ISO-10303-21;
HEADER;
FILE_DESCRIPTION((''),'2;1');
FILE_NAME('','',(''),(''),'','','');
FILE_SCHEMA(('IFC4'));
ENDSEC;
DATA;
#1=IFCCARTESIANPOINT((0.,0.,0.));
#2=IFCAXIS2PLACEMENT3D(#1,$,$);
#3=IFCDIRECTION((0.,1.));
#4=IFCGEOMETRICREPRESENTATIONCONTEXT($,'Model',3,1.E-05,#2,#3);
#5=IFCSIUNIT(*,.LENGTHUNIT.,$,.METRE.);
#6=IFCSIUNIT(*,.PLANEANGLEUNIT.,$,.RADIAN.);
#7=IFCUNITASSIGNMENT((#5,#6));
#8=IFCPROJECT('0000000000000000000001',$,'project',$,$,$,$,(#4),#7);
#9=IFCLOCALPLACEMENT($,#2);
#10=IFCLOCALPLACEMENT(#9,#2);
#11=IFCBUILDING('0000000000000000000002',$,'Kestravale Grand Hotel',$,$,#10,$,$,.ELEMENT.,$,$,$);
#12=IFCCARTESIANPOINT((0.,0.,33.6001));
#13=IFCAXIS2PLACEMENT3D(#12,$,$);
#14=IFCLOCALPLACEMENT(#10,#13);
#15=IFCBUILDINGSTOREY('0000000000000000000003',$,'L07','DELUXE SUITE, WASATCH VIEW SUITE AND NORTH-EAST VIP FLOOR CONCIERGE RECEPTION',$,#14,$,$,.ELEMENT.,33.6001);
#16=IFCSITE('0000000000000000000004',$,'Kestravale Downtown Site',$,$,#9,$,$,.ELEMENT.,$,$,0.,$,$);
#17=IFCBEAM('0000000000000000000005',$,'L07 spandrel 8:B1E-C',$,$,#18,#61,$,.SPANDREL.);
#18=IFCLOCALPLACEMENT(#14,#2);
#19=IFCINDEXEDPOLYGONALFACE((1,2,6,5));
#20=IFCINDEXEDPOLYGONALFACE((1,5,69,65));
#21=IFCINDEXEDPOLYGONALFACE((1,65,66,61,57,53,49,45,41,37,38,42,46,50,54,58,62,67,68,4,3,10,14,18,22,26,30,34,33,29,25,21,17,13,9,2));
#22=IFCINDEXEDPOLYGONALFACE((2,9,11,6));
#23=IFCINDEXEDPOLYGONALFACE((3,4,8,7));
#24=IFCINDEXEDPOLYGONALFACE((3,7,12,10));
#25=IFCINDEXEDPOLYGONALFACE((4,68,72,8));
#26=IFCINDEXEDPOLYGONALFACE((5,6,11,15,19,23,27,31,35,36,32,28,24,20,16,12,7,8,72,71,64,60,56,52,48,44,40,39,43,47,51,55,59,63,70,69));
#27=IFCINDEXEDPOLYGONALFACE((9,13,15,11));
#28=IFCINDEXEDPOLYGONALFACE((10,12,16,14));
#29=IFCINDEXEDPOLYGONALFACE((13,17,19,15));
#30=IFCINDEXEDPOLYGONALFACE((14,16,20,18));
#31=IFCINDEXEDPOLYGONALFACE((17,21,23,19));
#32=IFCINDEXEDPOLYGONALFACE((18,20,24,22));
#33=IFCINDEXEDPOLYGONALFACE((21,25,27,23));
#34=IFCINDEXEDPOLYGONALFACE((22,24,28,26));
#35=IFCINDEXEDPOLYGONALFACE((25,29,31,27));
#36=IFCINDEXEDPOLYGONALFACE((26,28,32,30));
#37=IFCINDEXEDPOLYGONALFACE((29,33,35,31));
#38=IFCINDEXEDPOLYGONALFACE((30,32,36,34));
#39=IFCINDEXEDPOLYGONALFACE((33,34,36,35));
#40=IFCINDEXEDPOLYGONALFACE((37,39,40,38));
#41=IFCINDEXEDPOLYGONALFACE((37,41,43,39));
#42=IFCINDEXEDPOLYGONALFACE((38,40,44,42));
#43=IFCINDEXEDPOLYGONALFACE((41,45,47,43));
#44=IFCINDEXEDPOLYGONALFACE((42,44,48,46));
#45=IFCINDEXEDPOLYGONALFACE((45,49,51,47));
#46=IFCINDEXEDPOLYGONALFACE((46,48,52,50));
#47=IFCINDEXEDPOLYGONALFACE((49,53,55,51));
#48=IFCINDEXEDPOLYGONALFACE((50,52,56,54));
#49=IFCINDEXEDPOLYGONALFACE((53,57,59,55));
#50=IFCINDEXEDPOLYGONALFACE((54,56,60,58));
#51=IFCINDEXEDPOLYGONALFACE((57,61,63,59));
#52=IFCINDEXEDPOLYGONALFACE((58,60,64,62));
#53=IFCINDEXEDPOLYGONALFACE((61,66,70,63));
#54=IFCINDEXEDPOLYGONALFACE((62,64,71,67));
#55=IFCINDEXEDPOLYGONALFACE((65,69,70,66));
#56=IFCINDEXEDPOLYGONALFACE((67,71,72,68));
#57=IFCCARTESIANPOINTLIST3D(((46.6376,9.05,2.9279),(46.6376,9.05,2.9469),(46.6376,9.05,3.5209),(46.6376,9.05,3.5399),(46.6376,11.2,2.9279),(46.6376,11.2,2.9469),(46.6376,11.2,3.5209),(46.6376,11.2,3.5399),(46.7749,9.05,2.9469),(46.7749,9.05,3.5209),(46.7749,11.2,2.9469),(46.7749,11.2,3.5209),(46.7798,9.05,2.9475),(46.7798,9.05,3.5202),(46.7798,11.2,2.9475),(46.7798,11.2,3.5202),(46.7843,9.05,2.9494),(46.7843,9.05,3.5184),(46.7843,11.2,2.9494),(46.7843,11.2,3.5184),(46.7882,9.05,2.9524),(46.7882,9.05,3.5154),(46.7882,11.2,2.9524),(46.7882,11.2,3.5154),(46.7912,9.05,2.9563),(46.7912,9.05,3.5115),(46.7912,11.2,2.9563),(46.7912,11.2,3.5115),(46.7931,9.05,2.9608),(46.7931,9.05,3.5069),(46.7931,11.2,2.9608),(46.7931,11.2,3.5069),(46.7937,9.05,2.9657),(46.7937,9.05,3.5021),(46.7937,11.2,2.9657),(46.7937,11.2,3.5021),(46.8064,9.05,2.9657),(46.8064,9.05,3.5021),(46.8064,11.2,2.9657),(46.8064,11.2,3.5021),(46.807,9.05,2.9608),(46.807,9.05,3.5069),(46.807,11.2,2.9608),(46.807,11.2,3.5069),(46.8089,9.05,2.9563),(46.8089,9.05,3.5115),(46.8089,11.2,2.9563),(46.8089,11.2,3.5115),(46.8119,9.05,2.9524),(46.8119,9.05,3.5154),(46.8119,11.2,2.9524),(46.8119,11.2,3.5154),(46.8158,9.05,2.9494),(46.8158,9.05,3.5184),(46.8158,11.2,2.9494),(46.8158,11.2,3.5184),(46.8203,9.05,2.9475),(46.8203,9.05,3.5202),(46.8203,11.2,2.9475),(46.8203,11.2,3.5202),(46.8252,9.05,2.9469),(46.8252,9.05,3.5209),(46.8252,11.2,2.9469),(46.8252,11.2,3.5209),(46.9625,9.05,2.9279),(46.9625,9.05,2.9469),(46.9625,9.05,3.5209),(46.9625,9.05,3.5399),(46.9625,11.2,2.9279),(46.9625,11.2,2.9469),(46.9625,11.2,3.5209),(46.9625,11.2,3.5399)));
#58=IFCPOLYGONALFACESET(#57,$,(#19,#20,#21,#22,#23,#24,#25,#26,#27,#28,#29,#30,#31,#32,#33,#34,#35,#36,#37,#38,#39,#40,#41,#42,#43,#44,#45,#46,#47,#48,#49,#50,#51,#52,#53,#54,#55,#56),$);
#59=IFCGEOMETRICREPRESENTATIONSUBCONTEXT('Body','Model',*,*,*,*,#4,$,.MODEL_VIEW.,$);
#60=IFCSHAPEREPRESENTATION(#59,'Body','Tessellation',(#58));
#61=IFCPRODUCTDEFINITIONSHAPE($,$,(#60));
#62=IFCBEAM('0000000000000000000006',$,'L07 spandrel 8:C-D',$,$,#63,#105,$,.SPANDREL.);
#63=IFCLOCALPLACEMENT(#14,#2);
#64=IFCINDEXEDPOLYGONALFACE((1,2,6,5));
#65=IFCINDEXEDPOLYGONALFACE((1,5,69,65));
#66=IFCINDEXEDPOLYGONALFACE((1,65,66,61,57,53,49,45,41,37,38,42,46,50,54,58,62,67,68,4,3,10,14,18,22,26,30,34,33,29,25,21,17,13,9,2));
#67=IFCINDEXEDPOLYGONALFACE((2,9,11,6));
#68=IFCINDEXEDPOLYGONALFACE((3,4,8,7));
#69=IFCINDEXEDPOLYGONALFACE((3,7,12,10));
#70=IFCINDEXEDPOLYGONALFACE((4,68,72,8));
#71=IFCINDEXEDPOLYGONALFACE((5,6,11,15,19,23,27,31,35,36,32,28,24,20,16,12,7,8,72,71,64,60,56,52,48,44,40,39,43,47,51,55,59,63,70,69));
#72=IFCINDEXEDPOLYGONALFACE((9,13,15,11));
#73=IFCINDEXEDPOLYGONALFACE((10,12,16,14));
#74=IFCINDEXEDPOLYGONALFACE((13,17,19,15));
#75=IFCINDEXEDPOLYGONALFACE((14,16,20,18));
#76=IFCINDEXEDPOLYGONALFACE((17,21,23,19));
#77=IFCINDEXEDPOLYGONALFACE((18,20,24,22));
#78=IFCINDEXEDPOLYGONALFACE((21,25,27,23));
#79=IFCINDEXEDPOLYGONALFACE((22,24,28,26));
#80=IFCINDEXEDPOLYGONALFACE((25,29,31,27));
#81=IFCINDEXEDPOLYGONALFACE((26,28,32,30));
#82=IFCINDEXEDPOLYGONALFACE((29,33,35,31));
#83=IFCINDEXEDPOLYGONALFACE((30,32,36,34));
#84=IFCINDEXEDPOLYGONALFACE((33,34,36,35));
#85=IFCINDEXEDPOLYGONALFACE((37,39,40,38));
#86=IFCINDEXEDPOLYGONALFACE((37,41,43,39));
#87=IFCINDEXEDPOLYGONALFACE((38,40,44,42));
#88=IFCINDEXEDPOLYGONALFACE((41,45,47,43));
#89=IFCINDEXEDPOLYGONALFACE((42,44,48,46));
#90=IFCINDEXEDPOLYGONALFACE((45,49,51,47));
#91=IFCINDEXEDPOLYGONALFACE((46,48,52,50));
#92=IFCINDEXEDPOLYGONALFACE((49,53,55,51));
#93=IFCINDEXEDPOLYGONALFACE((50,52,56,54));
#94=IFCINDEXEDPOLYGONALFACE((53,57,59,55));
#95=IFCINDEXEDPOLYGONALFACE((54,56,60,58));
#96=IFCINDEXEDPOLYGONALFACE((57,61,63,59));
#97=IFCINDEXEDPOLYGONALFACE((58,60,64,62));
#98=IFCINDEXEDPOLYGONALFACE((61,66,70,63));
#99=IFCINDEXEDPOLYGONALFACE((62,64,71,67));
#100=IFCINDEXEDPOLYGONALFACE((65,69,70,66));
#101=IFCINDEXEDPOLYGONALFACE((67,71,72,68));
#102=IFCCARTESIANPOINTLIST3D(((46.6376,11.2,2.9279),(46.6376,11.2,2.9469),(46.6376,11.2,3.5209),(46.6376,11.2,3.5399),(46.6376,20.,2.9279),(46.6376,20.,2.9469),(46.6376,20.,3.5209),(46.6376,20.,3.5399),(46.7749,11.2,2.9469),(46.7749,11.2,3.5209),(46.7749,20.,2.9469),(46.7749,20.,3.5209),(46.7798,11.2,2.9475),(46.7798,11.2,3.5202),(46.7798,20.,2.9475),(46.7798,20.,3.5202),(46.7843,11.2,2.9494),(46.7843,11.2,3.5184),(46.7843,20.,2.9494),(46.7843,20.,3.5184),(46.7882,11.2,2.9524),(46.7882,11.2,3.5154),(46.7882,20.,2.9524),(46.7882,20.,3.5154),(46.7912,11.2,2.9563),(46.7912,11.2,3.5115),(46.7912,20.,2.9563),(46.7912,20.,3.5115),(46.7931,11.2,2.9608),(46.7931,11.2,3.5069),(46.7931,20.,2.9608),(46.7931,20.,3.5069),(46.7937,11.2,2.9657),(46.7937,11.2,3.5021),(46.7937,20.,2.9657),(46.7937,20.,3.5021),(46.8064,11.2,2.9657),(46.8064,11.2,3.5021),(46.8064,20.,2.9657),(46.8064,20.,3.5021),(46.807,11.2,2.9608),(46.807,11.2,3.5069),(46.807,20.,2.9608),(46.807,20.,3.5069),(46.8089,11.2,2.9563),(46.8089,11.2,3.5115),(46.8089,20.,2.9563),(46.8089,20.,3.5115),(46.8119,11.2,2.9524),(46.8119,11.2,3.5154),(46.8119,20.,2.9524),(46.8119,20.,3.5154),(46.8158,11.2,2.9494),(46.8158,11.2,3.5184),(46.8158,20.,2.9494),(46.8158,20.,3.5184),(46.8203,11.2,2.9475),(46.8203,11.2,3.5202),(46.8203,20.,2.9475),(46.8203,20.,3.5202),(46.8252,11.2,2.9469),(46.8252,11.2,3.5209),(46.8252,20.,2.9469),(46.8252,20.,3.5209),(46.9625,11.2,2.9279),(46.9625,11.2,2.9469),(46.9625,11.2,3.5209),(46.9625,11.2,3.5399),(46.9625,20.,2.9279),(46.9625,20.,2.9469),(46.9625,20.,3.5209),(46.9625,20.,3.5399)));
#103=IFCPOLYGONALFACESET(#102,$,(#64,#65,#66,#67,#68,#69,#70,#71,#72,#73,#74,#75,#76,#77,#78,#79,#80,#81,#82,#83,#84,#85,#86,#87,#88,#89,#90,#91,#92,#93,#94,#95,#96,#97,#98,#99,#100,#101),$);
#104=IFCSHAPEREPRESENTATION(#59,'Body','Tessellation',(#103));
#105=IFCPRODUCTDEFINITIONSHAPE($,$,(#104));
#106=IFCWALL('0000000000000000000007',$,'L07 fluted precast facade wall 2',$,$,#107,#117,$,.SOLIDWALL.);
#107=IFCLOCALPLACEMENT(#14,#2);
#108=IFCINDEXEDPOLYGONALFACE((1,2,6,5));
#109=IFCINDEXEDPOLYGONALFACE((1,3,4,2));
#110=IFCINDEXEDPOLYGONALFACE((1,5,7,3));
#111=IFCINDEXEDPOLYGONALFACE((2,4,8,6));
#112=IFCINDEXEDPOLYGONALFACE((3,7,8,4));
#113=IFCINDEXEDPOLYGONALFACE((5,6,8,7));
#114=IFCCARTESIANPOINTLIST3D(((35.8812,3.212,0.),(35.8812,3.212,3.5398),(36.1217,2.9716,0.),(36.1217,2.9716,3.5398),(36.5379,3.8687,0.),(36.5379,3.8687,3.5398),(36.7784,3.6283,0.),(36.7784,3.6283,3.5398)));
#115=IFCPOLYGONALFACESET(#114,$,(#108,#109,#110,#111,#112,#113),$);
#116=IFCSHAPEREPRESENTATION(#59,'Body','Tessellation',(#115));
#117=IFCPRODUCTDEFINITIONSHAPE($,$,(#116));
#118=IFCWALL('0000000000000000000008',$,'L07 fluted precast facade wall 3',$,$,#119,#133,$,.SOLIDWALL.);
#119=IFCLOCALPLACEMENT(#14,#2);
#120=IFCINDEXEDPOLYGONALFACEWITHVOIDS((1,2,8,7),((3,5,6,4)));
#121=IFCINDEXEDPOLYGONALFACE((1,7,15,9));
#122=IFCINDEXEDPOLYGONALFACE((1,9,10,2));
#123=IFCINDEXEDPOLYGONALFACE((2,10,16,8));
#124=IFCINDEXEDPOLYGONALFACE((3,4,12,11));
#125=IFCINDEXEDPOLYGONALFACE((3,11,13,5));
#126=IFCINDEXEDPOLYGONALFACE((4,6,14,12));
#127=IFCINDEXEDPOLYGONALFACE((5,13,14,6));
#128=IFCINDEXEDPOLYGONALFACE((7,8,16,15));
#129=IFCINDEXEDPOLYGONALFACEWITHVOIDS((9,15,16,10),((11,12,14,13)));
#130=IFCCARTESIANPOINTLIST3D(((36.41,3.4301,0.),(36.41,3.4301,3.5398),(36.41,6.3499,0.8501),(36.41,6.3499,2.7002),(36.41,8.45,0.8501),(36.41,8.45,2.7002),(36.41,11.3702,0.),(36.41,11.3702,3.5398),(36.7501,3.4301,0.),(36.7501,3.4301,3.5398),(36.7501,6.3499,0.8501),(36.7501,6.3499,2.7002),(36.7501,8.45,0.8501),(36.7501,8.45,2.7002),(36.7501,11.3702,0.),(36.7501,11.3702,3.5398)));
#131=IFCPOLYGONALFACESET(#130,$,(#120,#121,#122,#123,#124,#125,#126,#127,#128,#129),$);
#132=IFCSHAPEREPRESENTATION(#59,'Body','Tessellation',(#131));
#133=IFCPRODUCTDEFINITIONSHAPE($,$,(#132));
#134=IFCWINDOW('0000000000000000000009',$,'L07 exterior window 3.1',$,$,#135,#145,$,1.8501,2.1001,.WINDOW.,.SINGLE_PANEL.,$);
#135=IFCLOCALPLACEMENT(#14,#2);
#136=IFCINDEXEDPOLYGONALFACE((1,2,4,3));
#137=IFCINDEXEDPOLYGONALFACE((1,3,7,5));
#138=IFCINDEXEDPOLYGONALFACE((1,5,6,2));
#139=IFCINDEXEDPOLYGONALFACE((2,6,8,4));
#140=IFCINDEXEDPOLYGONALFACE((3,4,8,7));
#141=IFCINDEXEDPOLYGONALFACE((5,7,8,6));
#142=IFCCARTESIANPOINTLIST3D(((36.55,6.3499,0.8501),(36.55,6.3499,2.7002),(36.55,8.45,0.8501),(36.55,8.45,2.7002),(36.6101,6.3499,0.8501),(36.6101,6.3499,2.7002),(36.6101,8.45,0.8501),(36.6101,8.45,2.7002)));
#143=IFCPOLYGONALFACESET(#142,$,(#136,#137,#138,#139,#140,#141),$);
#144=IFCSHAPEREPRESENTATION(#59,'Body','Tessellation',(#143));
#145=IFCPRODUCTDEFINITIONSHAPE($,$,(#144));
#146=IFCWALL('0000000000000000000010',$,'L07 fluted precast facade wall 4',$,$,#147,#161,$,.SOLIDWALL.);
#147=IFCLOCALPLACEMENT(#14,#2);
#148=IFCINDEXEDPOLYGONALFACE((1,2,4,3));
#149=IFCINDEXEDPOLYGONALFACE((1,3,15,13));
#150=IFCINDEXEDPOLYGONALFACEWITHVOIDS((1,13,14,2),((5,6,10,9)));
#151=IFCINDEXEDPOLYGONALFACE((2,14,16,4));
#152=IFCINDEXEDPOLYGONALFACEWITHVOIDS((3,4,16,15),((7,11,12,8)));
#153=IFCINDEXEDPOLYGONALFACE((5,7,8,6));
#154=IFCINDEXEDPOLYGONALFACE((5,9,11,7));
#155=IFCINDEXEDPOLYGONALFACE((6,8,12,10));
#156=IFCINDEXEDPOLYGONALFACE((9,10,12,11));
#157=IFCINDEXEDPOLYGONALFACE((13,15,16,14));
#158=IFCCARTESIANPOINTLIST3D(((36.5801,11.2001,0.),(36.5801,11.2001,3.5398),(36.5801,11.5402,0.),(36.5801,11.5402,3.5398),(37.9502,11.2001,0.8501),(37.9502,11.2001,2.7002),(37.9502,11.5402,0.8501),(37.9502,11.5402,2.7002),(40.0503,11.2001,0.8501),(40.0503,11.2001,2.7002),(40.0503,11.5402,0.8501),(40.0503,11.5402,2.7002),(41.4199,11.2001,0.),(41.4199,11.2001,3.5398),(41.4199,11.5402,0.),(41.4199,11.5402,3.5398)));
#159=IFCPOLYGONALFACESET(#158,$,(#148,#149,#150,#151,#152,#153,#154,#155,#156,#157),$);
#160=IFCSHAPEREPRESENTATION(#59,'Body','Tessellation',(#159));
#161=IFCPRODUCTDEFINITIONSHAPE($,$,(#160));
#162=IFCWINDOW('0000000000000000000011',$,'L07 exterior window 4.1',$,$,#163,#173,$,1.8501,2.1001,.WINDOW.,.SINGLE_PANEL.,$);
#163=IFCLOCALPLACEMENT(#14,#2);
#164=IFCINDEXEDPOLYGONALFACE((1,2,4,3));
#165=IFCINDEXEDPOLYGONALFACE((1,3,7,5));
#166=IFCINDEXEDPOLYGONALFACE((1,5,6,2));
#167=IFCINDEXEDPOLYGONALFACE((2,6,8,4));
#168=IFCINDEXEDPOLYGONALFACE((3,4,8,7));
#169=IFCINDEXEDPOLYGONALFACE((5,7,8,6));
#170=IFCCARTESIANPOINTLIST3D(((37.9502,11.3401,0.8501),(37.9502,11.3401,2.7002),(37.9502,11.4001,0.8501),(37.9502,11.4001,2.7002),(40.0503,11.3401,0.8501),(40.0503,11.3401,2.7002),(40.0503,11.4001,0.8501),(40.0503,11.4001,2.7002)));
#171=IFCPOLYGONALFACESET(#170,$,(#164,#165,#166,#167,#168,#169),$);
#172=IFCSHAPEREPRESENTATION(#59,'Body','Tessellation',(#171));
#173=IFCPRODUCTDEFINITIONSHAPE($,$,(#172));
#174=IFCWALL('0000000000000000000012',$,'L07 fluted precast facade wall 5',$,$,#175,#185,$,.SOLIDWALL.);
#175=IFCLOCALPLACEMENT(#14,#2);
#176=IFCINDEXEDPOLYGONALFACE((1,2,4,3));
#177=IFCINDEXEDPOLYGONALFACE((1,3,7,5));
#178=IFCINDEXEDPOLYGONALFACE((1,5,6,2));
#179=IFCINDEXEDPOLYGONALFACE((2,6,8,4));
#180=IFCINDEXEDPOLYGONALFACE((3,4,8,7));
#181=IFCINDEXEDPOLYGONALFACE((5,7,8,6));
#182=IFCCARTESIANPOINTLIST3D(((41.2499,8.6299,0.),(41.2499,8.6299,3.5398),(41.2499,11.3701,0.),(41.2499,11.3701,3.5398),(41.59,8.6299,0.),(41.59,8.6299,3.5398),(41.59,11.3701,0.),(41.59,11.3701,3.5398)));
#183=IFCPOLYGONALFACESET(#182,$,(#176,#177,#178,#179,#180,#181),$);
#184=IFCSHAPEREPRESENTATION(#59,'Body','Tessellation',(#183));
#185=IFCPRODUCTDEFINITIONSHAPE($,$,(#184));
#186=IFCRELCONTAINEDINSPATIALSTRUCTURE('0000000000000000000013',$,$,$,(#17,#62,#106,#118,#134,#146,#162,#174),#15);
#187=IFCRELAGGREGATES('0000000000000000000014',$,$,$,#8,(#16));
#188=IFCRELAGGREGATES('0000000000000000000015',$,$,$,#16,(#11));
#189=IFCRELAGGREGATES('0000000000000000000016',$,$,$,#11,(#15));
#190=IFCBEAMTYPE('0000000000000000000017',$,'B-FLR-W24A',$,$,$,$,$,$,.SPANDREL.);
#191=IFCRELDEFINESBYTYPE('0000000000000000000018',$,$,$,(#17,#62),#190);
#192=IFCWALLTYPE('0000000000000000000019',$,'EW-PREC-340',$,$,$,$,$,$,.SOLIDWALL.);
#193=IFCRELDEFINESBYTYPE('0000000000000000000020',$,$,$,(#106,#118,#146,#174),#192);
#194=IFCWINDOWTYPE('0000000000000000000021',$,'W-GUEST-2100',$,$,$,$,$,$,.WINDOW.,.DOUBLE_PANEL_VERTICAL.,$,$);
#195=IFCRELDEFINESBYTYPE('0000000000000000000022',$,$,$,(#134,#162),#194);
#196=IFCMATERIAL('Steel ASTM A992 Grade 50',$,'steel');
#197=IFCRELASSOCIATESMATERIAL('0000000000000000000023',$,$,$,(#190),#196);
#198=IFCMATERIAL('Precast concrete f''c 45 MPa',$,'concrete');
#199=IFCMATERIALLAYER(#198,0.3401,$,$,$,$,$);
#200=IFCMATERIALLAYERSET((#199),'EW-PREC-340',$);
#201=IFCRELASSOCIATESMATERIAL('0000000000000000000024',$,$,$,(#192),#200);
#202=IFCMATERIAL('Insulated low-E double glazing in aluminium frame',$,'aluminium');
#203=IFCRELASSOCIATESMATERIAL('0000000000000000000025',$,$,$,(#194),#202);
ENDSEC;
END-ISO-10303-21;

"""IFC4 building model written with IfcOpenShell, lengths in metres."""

from ifc_helpers import new_model, si_unit, direction, frame, frame_2d, origin, origin_2d, place, context, subcontext, project, spatial, rectangle, i_section, extrude, material, layer, layer_set, material_profile, profile_set, type_object, element, fill, save


model = new_model("IFC4")

# Units and contexts
model_context = context("Model", 3, precision=1e-05, world=origin(), true_north=direction((0.0, 1.0)))
body_context = subcontext(model_context, "Body", "Model", "MODEL_VIEW")
ifc_project = project(units=[si_unit("LENGTHUNIT", "METRE"), si_unit("PLANEANGLEUNIT", "RADIAN")], contexts=[model_context])

# Site, building, storey
site_placement = place(None, origin())
site = spatial("IfcSite", under=ifc_project, at=site_placement, Name="Kestravale Downtown Site", CompositionType="ELEMENT", RefElevation=0.0)
building_placement = place(site_placement, origin())
building = spatial("IfcBuilding", under=site, at=building_placement, Name="Kestravale Grand Hotel", CompositionType="ELEMENT")
storey_placement = place(building_placement, frame((0.0, 0.0, 33.6001)))
storey = spatial("IfcBuildingStorey", under=building, at=storey_placement, Name="L07", Description="DELUXE SUITE, WASATCH VIEW SUITE AND NORTH-EAST VIP FLOOR CONCIERGE RECEPTION", CompositionType="ELEMENT", Elevation=33.6001)

# Beams
ifc_material_1 = material(Name="Steel ASTM A992 Grade 50", Category="steel")
ifc_material_profile_1 = material_profile(ifc_material_1, i_section(OverallWidth=0.325, OverallDepth=0.6121, WebThickness=0.0127, FlangeThickness=0.019, FilletRadius=0.0188, at=origin_2d()))
ifc_profile_set_1 = profile_set([ifc_material_profile_1], Name="Steel ASTM A992 Grade 50")
beam_type_1 = type_object("IfcBeamType", Name="B-FLR-W24A", PredefinedType="SPANDREL", material=ifc_profile_set_1)
beam_1_placement = place(storey_placement, frame((46.8, 9.05, 3.2339), z_axis=(0.0, 1.0, 0.0), x_axis=(-1.0, 0.0, 0.0)))
element("IfcBeam", 1, at=beam_1_placement, inside=storey, type_object=beam_type_1, Name="L07 spandrel 8:B1E-C", PredefinedType="SPANDREL", context=body_context, shape_type="SweptSolid", body=[
    extrude(i_section(OverallWidth=0.325, OverallDepth=0.6121, WebThickness=0.0127, FlangeThickness=0.019, FilletRadius=0.0188, at=origin_2d()), origin(), (0.0, 0.0, 1.0), 2.1499),
])
beam_2_placement = place(storey_placement, frame((46.8, 11.2, 3.2339), z_axis=(0.0, 1.0, 0.0), x_axis=(-1.0, 0.0, 0.0)))
element("IfcBeam", 2, at=beam_2_placement, inside=storey, type_object=beam_type_1, Name="L07 spandrel 8:C-D", PredefinedType="SPANDREL", context=body_context, shape_type="SweptSolid", body=[
    extrude(i_section(OverallWidth=0.325, OverallDepth=0.6121, WebThickness=0.0127, FlangeThickness=0.019, FilletRadius=0.0188, at=origin_2d()), origin(), (0.0, 0.0, 1.0), 8.8),
])

# Wall
ifc_material_2 = material(Name="Precast concrete f'c 45 MPa", Category="concrete")
ifc_layer_1 = layer(ifc_material_2, 0.3401)
ifc_layer_set_1 = layer_set([ifc_layer_1], Name="EW-PREC-340")
wall_type_1 = type_object("IfcWallType", Name="EW-PREC-340", PredefinedType="SOLIDWALL", material=ifc_layer_set_1)
wall_1_placement = place(storey_placement, frame((36.0015, 3.0918, 0.0), z_axis=(0.0, 0.0, 1.0), x_axis=(0.707107, 0.707107, 0.0)))
element("IfcWall", 3, at=wall_1_placement, inside=storey, type_object=wall_type_1, Name="L07 fluted precast facade wall 2", PredefinedType="SOLIDWALL", context=body_context, shape_type="SweptSolid", body=[
    extrude(rectangle(XDim=0.9287, YDim=0.3401, at=frame_2d((0.4644, 0.0))), origin(), (0.0, 0.0, 1.0), 3.5398),
])

# Walls, openings, windows
wall_2_placement = place(storey_placement, frame((36.5801, 3.4299, 0.0), z_axis=(0.0, 0.0, 1.0), x_axis=(0.0, 1.0, 0.0)))
wall_2 = element("IfcWall", 4, at=wall_2_placement, inside=storey, type_object=wall_type_1, Name="L07 fluted precast facade wall 3", PredefinedType="SOLIDWALL", context=body_context, shape_type="SweptSolid", body=[
    extrude(rectangle(XDim=7.9402, YDim=0.3401, at=frame_2d((3.9702, 0.0))), origin(), (0.0, 0.0, 1.0), 3.5398),
])
opening_1_placement = place(wall_2_placement, frame((2.9199, 0.0, 0.8501)))
opening_1 = element("IfcOpeningElement", 5, at=opening_1_placement, cuts=wall_2, PredefinedType="OPENING", context=body_context, shape_type="SweptSolid", body=[
    extrude(rectangle(XDim=2.1001, YDim=1.8501, at=frame_2d((1.05, 0.925))), frame((0.0, 0.1799, 0.0), z_axis=(0.0, -1.0, 0.0), x_axis=(1.0, 0.0, 0.0)), (0.0, 0.0, 1.0), 0.3601),
])
ifc_material_3 = material(Name="Insulated low-E double glazing in aluminium frame", Category="aluminium")
window_type_1 = type_object("IfcWindowType", Name="W-GUEST-2100", PartitioningType="DOUBLE_PANEL_VERTICAL", PredefinedType="WINDOW", material=ifc_material_3)
window_1_placement = place(opening_1_placement, origin())
window_1 = element("IfcWindow", 6, at=window_1_placement, inside=storey, type_object=window_type_1, Name="L07 exterior window 3.1", OverallHeight=1.8501, OverallWidth=2.1001, PartitioningType="SINGLE_PANEL", PredefinedType="WINDOW", context=body_context, shape_type="SweptSolid", body=[
    extrude(rectangle(XDim=2.1001, YDim=1.8501, at=frame_2d((1.05, 0.925))), frame((0.0, 0.03, 0.0), z_axis=(0.0, -1.0, 0.0), x_axis=(1.0, 0.0, 0.0)), (0.0, 0.0, 1.0), 0.0601),
])
fill(opening_1, window_1)
wall_3_placement = place(storey_placement, frame((36.5801, 11.3701, 0.0), z_axis=(0.0, 0.0, 1.0), x_axis=(1.0, 0.0, 0.0)))
wall_3 = element("IfcWall", 7, at=wall_3_placement, inside=storey, type_object=wall_type_1, Name="L07 fluted precast facade wall 4", PredefinedType="SOLIDWALL", context=body_context, shape_type="SweptSolid", body=[
    extrude(rectangle(XDim=4.8398, YDim=0.3401, at=frame_2d((2.4199, 0.0))), origin(), (0.0, 0.0, 1.0), 3.5398),
])
opening_2_placement = place(wall_3_placement, frame((1.3701, 0.0, 0.8501)))
opening_2 = element("IfcOpeningElement", 8, at=opening_2_placement, cuts=wall_3, PredefinedType="OPENING", context=body_context, shape_type="SweptSolid", body=[
    extrude(rectangle(XDim=2.1001, YDim=1.8501, at=frame_2d((1.05, 0.925))), frame((0.0, 0.1799, 0.0), z_axis=(0.0, -1.0, 0.0), x_axis=(1.0, 0.0, 0.0)), (0.0, 0.0, 1.0), 0.3601),
])
window_2_placement = place(opening_2_placement, origin())
window_2 = element("IfcWindow", 9, at=window_2_placement, inside=storey, type_object=window_type_1, Name="L07 exterior window 4.1", OverallHeight=1.8501, OverallWidth=2.1001, PartitioningType="SINGLE_PANEL", PredefinedType="WINDOW", context=body_context, shape_type="SweptSolid", body=[
    extrude(rectangle(XDim=2.1001, YDim=1.8501, at=frame_2d((1.05, 0.925))), frame((0.0, 0.03, 0.0), z_axis=(0.0, -1.0, 0.0), x_axis=(1.0, 0.0, 0.0)), (0.0, 0.0, 1.0), 0.0601),
])
fill(opening_2, window_2)

# Wall
wall_4_placement = place(storey_placement, frame((41.4199, 11.3701, 0.0), z_axis=(0.0, 0.0, 1.0), x_axis=(0.0, -1.0, 0.0)))
element("IfcWall", 10, at=wall_4_placement, inside=storey, type_object=wall_type_1, Name="L07 fluted precast facade wall 5", PredefinedType="SOLIDWALL", context=body_context, shape_type="SweptSolid", body=[
    extrude(rectangle(XDim=2.7402, YDim=0.3401, at=frame_2d((1.3701, 0.0))), origin(), (0.0, 0.0, 1.0), 3.5398),
])

save(model, "model.ifc")
